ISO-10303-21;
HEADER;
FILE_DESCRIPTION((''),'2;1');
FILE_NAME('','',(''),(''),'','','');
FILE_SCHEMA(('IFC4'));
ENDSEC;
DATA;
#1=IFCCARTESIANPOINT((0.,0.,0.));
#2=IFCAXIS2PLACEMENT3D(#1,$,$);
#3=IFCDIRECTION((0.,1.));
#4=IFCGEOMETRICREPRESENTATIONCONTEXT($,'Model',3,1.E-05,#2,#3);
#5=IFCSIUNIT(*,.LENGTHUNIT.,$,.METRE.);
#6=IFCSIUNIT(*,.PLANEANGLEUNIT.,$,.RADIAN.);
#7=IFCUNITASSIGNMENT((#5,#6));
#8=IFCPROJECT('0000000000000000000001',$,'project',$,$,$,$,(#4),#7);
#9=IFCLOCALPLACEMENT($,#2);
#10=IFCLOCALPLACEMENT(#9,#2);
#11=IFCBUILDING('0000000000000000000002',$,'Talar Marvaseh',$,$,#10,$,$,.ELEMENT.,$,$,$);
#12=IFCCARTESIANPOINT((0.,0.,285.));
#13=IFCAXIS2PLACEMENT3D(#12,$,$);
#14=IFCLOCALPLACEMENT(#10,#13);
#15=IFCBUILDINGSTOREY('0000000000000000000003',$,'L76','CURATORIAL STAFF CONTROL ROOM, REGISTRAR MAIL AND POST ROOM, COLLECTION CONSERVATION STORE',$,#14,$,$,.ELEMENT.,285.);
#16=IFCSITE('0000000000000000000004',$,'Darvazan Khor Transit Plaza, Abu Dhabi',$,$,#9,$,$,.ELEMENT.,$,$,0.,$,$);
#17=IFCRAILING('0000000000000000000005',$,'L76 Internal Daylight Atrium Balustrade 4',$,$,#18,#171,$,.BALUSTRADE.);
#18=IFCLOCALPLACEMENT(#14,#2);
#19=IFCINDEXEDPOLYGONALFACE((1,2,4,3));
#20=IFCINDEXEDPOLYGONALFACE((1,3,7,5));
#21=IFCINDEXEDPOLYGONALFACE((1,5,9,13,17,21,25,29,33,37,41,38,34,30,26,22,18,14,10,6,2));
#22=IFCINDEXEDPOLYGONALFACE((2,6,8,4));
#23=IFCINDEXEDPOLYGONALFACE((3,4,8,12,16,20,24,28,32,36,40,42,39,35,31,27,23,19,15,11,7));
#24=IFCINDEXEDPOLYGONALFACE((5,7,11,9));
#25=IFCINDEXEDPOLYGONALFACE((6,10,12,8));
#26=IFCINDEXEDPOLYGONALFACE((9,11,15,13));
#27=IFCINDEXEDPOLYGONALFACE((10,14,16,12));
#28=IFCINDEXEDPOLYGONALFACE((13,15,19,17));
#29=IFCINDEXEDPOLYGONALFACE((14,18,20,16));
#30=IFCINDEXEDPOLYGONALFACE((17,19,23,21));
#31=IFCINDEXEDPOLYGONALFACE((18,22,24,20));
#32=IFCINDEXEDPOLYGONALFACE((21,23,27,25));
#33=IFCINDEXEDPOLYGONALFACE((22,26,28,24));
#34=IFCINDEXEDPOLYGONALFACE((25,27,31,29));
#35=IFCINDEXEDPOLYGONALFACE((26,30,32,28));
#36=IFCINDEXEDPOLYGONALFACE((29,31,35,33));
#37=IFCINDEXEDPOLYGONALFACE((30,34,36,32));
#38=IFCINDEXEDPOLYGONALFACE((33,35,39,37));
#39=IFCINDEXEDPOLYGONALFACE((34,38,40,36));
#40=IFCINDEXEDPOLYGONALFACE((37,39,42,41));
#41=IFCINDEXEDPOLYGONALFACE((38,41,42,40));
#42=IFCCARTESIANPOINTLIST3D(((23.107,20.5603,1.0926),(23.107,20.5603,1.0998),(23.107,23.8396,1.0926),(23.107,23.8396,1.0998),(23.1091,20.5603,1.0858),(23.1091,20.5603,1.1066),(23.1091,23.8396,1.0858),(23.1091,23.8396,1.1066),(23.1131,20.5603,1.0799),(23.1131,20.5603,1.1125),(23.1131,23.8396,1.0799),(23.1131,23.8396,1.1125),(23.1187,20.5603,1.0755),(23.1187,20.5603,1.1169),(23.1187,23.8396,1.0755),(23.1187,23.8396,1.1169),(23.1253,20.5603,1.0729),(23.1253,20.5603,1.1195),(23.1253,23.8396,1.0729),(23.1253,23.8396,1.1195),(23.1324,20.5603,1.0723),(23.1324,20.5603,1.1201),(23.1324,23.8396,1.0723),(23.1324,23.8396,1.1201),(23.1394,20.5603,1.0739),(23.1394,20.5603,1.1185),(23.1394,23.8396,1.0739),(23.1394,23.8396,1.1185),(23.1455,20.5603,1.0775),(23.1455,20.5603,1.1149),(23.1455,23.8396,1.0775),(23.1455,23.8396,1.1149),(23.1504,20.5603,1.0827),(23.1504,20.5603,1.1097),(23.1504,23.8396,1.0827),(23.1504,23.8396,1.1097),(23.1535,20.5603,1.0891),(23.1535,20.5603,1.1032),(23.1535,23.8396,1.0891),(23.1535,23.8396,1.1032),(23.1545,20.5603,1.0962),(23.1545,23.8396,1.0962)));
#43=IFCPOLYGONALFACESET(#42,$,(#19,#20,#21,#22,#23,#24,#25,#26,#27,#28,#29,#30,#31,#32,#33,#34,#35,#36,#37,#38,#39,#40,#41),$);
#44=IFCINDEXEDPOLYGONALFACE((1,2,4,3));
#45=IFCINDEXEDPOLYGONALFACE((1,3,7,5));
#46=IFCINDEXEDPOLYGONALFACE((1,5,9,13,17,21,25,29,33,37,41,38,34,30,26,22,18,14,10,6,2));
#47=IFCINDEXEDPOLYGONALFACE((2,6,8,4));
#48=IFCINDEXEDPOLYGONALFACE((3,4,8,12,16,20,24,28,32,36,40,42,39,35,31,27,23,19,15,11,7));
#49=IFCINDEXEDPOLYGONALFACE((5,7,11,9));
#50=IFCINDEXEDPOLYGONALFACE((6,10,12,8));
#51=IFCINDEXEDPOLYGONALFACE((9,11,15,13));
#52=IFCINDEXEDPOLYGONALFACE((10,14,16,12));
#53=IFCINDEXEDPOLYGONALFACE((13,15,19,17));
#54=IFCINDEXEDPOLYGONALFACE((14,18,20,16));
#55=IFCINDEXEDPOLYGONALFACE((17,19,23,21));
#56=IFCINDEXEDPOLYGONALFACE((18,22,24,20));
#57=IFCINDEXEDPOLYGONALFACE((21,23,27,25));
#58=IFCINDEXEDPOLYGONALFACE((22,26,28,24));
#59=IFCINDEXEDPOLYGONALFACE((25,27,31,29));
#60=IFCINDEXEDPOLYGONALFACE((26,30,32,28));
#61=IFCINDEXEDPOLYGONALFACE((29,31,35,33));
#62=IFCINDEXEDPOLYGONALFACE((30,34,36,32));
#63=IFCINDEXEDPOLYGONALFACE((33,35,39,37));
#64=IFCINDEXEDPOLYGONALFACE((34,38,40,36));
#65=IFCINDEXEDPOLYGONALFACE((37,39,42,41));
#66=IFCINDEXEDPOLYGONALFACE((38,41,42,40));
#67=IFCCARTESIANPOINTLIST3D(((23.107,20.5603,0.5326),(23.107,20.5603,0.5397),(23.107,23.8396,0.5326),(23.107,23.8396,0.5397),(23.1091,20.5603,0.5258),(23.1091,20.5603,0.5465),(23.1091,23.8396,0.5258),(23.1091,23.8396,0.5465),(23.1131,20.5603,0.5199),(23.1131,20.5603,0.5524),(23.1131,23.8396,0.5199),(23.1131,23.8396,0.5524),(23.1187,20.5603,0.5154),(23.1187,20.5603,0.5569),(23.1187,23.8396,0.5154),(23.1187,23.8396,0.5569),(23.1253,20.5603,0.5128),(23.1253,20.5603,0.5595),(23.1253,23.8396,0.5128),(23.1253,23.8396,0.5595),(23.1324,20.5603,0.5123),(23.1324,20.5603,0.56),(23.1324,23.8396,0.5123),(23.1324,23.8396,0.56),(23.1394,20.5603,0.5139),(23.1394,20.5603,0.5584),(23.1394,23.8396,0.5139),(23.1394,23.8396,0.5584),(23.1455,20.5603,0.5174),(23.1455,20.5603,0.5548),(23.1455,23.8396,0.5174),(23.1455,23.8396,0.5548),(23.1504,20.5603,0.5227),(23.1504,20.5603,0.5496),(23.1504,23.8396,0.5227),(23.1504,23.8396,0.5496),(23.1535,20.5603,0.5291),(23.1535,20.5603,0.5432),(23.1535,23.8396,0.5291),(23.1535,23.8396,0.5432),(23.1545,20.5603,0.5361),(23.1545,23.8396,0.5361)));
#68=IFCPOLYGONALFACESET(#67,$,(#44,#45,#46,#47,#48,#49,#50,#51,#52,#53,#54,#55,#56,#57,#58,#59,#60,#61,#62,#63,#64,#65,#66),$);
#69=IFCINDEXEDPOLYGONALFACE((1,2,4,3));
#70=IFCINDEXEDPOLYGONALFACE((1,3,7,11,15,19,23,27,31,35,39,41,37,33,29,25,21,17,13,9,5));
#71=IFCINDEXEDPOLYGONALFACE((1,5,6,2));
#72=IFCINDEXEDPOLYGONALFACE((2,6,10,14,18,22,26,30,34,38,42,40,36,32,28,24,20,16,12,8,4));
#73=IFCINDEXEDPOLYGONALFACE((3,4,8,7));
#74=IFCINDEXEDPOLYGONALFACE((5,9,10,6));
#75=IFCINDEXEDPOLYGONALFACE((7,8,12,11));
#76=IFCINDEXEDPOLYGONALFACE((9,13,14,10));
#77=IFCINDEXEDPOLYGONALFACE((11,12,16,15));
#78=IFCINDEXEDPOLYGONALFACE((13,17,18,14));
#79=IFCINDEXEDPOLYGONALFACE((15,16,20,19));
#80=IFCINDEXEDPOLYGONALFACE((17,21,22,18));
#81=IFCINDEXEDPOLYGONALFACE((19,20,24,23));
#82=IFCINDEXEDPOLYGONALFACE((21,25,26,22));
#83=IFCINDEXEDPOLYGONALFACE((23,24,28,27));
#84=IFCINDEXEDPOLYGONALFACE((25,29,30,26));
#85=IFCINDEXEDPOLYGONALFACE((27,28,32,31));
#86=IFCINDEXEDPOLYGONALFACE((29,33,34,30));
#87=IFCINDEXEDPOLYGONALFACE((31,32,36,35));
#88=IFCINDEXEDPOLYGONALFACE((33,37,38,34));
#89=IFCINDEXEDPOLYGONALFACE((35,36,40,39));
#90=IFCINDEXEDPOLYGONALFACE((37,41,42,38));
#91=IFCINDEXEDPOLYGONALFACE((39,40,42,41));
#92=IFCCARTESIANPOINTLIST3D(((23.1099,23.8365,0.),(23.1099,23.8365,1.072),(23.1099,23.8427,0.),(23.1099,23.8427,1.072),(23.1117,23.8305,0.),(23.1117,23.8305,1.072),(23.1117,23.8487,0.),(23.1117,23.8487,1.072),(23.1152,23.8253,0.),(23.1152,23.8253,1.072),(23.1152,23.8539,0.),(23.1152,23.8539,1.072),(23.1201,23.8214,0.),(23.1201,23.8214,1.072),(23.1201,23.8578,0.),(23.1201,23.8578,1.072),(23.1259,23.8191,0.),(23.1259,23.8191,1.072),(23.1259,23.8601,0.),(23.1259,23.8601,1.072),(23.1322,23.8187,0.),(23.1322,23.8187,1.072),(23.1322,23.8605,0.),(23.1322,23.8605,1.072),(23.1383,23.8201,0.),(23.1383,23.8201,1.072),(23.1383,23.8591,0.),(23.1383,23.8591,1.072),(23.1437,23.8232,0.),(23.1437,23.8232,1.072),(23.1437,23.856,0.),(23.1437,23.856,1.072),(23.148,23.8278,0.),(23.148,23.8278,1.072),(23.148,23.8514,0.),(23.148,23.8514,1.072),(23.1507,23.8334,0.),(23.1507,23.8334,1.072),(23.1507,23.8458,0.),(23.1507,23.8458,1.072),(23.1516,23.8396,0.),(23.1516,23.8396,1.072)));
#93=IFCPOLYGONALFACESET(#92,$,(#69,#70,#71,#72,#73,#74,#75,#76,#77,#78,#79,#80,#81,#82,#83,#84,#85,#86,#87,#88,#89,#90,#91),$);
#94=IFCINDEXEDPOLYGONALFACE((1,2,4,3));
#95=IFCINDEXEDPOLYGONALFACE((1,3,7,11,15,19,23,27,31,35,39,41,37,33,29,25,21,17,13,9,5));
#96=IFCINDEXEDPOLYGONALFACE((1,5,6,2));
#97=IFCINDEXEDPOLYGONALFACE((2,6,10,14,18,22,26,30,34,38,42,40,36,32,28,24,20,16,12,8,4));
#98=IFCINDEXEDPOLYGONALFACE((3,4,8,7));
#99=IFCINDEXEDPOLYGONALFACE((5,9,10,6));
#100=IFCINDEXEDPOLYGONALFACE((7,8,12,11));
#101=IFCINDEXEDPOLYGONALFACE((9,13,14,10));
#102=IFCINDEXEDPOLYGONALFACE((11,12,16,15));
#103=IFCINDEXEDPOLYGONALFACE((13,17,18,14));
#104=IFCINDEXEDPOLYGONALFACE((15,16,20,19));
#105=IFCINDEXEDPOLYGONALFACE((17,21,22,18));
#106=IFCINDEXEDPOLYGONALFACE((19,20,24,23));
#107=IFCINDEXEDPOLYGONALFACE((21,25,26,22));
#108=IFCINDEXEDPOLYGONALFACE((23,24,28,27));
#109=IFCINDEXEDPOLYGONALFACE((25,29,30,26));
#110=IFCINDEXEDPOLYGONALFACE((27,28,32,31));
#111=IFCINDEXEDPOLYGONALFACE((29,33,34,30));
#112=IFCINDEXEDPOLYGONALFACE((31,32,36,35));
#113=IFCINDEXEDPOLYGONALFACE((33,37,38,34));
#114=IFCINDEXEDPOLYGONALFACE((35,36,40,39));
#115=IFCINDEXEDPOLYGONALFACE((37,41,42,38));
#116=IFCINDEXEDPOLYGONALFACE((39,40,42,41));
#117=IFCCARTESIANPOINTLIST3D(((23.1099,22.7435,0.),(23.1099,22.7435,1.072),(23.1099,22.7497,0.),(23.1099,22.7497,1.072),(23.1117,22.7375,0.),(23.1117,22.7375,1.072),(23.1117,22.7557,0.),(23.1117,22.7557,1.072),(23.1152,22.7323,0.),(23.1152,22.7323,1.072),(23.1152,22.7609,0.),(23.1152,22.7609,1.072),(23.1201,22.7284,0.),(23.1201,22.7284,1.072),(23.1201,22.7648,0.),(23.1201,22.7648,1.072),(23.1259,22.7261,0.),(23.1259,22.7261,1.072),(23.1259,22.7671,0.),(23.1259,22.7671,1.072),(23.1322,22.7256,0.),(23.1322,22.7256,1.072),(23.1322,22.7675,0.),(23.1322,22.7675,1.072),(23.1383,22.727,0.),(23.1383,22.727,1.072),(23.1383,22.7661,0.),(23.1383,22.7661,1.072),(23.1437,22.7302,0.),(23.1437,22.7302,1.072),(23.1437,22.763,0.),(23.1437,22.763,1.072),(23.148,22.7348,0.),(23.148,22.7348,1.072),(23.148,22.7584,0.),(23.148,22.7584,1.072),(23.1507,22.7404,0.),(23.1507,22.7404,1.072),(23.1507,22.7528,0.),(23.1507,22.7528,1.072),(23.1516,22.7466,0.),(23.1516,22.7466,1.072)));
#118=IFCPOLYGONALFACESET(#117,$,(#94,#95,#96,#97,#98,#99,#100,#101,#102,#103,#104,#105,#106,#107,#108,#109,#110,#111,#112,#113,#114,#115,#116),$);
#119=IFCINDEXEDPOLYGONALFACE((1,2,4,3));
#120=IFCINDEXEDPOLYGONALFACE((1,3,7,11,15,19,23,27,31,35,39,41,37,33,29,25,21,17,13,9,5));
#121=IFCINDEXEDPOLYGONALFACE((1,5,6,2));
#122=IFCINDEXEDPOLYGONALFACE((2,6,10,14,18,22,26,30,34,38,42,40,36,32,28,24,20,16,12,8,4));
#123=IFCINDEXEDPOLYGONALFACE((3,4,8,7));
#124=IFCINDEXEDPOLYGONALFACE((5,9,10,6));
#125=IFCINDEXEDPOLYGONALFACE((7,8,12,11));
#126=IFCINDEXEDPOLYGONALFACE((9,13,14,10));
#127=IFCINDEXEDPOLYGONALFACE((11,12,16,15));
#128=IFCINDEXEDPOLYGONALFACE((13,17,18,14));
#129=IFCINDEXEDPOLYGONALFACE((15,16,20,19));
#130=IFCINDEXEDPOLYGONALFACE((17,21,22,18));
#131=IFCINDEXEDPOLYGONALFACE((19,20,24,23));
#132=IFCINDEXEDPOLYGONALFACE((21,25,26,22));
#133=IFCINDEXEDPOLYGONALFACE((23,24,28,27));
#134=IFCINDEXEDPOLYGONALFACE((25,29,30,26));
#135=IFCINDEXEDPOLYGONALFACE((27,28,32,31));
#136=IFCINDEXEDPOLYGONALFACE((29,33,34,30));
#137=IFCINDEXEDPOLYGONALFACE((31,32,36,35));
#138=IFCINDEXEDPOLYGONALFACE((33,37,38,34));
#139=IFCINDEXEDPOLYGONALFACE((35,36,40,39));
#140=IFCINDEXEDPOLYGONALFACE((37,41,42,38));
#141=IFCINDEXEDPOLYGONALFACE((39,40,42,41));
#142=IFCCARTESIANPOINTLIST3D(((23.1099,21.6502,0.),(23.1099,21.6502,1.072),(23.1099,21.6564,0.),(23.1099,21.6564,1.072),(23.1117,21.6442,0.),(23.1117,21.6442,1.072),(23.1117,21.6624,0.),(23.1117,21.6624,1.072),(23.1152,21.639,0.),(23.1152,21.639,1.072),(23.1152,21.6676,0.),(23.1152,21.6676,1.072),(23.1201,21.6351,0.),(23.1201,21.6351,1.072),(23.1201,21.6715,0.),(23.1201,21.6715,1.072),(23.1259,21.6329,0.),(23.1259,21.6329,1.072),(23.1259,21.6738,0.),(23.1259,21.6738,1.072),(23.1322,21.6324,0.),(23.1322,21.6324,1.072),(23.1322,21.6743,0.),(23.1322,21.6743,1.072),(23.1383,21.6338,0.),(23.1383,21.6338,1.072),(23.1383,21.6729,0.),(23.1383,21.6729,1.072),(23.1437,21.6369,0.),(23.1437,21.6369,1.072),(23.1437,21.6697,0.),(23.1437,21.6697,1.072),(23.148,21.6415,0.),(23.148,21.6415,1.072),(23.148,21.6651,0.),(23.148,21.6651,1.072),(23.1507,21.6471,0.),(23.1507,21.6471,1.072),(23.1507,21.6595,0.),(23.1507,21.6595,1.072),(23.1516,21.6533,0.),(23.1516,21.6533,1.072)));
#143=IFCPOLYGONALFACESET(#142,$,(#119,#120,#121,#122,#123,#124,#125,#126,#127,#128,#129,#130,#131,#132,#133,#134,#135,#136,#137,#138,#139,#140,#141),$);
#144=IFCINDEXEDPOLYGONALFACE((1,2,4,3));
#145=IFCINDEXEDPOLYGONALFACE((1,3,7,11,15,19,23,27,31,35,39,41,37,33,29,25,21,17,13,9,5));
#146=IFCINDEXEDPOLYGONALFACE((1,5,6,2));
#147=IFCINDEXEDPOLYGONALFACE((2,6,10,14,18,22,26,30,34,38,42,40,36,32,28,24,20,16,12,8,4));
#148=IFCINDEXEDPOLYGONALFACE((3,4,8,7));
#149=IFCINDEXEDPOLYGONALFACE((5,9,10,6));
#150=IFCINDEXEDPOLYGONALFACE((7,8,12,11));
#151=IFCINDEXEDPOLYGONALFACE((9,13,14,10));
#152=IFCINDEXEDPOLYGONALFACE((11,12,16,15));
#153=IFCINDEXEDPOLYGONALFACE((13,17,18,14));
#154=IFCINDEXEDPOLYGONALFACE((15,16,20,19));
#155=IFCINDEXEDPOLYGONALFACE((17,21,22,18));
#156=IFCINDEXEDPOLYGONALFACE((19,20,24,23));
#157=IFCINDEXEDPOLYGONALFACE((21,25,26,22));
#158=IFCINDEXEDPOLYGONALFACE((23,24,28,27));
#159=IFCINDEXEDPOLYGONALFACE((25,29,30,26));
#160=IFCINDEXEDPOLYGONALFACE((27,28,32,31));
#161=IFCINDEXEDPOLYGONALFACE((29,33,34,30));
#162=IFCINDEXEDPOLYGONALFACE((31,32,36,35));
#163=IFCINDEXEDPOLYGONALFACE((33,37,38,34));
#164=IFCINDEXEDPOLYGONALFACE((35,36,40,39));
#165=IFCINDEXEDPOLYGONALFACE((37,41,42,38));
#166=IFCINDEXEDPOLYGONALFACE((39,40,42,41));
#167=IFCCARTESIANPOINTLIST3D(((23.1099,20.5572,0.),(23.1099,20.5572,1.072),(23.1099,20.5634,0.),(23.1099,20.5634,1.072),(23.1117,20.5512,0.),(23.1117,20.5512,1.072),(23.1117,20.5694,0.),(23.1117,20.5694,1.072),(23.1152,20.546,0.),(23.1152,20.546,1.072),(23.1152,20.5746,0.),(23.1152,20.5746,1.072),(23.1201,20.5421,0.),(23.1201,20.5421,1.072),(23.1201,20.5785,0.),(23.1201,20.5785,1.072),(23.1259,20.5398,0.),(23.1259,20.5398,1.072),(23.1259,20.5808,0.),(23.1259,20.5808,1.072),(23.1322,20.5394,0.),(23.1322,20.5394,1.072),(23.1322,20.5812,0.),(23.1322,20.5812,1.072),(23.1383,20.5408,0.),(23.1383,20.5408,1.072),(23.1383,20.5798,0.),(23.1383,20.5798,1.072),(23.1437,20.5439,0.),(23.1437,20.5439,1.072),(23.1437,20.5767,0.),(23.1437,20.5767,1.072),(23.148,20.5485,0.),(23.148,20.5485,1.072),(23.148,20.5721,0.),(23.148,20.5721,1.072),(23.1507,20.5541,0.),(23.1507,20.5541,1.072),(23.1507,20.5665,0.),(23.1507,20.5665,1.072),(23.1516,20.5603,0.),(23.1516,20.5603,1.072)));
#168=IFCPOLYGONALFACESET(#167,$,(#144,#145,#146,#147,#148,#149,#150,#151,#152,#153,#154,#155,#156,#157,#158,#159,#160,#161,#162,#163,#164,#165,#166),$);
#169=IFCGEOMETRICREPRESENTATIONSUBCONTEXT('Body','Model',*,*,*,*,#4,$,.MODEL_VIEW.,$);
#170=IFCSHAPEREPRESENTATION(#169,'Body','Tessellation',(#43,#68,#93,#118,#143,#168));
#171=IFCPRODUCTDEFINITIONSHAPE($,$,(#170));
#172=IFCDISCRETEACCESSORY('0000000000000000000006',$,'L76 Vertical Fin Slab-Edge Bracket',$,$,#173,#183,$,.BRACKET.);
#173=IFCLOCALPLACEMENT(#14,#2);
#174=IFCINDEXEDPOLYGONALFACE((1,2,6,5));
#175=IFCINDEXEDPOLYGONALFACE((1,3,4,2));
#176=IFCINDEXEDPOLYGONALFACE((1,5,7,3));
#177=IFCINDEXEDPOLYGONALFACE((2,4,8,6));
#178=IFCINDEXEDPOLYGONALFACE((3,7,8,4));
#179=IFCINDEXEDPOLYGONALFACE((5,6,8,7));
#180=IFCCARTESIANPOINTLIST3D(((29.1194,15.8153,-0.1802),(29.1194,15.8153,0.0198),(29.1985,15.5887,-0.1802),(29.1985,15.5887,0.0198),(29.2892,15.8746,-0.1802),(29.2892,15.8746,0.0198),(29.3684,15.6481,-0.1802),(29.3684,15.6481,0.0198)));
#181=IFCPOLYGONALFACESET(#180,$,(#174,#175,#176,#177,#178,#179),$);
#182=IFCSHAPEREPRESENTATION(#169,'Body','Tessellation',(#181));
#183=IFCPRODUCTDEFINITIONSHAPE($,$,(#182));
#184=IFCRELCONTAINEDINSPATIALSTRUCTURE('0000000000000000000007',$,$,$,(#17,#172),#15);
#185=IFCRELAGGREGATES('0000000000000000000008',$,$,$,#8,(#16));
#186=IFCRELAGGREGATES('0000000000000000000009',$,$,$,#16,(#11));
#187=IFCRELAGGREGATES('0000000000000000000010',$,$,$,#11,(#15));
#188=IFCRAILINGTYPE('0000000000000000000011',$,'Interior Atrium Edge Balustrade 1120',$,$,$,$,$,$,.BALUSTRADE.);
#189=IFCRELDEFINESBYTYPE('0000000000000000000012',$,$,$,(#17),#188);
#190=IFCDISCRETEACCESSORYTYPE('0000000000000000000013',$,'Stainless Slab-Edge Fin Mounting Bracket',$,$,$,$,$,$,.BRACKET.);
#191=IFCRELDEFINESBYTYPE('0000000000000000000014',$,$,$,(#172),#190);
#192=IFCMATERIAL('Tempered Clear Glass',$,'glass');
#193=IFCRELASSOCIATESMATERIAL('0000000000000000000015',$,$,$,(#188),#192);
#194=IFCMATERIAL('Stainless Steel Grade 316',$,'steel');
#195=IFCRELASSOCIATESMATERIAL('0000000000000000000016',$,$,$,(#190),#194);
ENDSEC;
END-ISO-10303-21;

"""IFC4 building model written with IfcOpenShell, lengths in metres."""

from ifc_helpers import new_model, si_unit, direction, frame, origin, origin_2d, place, context, subcontext, project, spatial, rectangle, circle, extrude, source, transform, mapped, material, type_object, type_shapes, element, save


model = new_model("IFC4")

# Units and contexts
model_context = context("Model", 3, precision=1e-05, world=origin(), true_north=direction((0.0, 1.0)))
body_context = subcontext(model_context, "Body", "Model", "MODEL_VIEW")
ifc_project = project(units=[si_unit("LENGTHUNIT", "METRE"), si_unit("PLANEANGLEUNIT", "RADIAN")], contexts=[model_context])

# Site, building, storey
site_placement = place(None, origin())
site = spatial("IfcSite", under=ifc_project, at=site_placement, Name="Darvazan Khor Transit Plaza, Abu Dhabi", CompositionType="ELEMENT", RefElevation=0.0)
building_placement = place(site_placement, origin())
building = spatial("IfcBuilding", under=site, at=building_placement, Name="Talar Marvaseh", CompositionType="ELEMENT")
storey_placement = place(building_placement, frame((0.0, 0.0, 285.0)))
storey = spatial("IfcBuildingStorey", under=building, at=storey_placement, Name="L76", Description="CURATORIAL STAFF CONTROL ROOM, REGISTRAR MAIL AND POST ROOM, COLLECTION CONSERVATION STORE", CompositionType="ELEMENT", Elevation=285.0)

# Railing
ifc_material_1 = material(Name="Stainless Steel Grade 316", Category="steel")
ifc_material_2 = material(Name="Tempered Clear Glass", Category="glass")
railing_type_1 = type_object("IfcRailingType", Name="Interior Atrium Edge Balustrade 1120", PredefinedType="BALUSTRADE", material=ifc_material_2)
railing_1_placement = place(storey_placement, frame((23.1306, 23.8396, 0.0)))
element("IfcRailing", 1, at=railing_1_placement, inside=storey, type_object=railing_type_1, Name="L76 Internal Daylight Atrium Balustrade 4", PredefinedType="BALUSTRADE", context=body_context, shape_type="SweptSolid", body=[
    extrude(circle(Radius=0.0239, at=origin_2d()), frame((0.0, 0.0, 1.0962), z_axis=(0.0, -1.0, 0.0), x_axis=(1.0, 0.0, 0.0)), (0.0, 0.0, 1.0), 3.2793),
    extrude(circle(Radius=0.0239, at=origin_2d()), frame((0.0, 0.0, 0.5361), z_axis=(0.0, -1.0, 0.0), x_axis=(1.0, 0.0, 0.0)), (0.0, 0.0, 1.0), 3.2793),
    extrude(circle(Radius=0.021, at=origin_2d()), origin(), (0.0, 0.0, 1.0), 1.072),
    extrude(circle(Radius=0.021, at=origin_2d()), frame((0.0, -1.093, 0.0)), (0.0, 0.0, 1.0), 1.072),
    extrude(circle(Radius=0.021, at=origin_2d()), frame((0.0, -2.1863, 0.0)), (0.0, 0.0, 1.0), 1.072),
    extrude(circle(Radius=0.021, at=origin_2d()), frame((0.0, -3.2793, 0.0)), (0.0, 0.0, 1.0), 1.072),
])

# Discrete accessory
discrete_accessory_type = type_object("IfcDiscreteAccessoryType", Name="Stainless Slab-Edge Fin Mounting Bracket", PredefinedType="BRACKET", material=ifc_material_1)
shared_shape_1 = source(origin(), body_context, "Body", "SweptSolid", [
    extrude(rectangle(XDim=0.24, YDim=0.1799, at=origin_2d()), origin(), (0.0, 0.0, 1.0), 0.2),
])
type_shapes(discrete_accessory_type, [shared_shape_1])
discrete_accessory_placement = place(storey_placement, frame((29.2439, 15.7317, -0.1802), z_axis=(0.0, 0.0, 1.0), x_axis=(0.329855, -0.944031, 0.0)))
element("IfcDiscreteAccessory", 2, at=discrete_accessory_placement, inside=storey, type_object=discrete_accessory_type, Name="L76 Vertical Fin Slab-Edge Bracket", PredefinedType="BRACKET", context=body_context, shape_type="MappedRepresentation", body=[
    mapped(shared_shape_1, transform((0.0, 0.0, 0.0), x_axis=(1.0, 0.0, 0.0), y_axis=(0.0, 1.0, 0.0), z_axis=(0.0, 0.0, 1.0), scale=1.0)),
])

save(model, "model.ifc")
